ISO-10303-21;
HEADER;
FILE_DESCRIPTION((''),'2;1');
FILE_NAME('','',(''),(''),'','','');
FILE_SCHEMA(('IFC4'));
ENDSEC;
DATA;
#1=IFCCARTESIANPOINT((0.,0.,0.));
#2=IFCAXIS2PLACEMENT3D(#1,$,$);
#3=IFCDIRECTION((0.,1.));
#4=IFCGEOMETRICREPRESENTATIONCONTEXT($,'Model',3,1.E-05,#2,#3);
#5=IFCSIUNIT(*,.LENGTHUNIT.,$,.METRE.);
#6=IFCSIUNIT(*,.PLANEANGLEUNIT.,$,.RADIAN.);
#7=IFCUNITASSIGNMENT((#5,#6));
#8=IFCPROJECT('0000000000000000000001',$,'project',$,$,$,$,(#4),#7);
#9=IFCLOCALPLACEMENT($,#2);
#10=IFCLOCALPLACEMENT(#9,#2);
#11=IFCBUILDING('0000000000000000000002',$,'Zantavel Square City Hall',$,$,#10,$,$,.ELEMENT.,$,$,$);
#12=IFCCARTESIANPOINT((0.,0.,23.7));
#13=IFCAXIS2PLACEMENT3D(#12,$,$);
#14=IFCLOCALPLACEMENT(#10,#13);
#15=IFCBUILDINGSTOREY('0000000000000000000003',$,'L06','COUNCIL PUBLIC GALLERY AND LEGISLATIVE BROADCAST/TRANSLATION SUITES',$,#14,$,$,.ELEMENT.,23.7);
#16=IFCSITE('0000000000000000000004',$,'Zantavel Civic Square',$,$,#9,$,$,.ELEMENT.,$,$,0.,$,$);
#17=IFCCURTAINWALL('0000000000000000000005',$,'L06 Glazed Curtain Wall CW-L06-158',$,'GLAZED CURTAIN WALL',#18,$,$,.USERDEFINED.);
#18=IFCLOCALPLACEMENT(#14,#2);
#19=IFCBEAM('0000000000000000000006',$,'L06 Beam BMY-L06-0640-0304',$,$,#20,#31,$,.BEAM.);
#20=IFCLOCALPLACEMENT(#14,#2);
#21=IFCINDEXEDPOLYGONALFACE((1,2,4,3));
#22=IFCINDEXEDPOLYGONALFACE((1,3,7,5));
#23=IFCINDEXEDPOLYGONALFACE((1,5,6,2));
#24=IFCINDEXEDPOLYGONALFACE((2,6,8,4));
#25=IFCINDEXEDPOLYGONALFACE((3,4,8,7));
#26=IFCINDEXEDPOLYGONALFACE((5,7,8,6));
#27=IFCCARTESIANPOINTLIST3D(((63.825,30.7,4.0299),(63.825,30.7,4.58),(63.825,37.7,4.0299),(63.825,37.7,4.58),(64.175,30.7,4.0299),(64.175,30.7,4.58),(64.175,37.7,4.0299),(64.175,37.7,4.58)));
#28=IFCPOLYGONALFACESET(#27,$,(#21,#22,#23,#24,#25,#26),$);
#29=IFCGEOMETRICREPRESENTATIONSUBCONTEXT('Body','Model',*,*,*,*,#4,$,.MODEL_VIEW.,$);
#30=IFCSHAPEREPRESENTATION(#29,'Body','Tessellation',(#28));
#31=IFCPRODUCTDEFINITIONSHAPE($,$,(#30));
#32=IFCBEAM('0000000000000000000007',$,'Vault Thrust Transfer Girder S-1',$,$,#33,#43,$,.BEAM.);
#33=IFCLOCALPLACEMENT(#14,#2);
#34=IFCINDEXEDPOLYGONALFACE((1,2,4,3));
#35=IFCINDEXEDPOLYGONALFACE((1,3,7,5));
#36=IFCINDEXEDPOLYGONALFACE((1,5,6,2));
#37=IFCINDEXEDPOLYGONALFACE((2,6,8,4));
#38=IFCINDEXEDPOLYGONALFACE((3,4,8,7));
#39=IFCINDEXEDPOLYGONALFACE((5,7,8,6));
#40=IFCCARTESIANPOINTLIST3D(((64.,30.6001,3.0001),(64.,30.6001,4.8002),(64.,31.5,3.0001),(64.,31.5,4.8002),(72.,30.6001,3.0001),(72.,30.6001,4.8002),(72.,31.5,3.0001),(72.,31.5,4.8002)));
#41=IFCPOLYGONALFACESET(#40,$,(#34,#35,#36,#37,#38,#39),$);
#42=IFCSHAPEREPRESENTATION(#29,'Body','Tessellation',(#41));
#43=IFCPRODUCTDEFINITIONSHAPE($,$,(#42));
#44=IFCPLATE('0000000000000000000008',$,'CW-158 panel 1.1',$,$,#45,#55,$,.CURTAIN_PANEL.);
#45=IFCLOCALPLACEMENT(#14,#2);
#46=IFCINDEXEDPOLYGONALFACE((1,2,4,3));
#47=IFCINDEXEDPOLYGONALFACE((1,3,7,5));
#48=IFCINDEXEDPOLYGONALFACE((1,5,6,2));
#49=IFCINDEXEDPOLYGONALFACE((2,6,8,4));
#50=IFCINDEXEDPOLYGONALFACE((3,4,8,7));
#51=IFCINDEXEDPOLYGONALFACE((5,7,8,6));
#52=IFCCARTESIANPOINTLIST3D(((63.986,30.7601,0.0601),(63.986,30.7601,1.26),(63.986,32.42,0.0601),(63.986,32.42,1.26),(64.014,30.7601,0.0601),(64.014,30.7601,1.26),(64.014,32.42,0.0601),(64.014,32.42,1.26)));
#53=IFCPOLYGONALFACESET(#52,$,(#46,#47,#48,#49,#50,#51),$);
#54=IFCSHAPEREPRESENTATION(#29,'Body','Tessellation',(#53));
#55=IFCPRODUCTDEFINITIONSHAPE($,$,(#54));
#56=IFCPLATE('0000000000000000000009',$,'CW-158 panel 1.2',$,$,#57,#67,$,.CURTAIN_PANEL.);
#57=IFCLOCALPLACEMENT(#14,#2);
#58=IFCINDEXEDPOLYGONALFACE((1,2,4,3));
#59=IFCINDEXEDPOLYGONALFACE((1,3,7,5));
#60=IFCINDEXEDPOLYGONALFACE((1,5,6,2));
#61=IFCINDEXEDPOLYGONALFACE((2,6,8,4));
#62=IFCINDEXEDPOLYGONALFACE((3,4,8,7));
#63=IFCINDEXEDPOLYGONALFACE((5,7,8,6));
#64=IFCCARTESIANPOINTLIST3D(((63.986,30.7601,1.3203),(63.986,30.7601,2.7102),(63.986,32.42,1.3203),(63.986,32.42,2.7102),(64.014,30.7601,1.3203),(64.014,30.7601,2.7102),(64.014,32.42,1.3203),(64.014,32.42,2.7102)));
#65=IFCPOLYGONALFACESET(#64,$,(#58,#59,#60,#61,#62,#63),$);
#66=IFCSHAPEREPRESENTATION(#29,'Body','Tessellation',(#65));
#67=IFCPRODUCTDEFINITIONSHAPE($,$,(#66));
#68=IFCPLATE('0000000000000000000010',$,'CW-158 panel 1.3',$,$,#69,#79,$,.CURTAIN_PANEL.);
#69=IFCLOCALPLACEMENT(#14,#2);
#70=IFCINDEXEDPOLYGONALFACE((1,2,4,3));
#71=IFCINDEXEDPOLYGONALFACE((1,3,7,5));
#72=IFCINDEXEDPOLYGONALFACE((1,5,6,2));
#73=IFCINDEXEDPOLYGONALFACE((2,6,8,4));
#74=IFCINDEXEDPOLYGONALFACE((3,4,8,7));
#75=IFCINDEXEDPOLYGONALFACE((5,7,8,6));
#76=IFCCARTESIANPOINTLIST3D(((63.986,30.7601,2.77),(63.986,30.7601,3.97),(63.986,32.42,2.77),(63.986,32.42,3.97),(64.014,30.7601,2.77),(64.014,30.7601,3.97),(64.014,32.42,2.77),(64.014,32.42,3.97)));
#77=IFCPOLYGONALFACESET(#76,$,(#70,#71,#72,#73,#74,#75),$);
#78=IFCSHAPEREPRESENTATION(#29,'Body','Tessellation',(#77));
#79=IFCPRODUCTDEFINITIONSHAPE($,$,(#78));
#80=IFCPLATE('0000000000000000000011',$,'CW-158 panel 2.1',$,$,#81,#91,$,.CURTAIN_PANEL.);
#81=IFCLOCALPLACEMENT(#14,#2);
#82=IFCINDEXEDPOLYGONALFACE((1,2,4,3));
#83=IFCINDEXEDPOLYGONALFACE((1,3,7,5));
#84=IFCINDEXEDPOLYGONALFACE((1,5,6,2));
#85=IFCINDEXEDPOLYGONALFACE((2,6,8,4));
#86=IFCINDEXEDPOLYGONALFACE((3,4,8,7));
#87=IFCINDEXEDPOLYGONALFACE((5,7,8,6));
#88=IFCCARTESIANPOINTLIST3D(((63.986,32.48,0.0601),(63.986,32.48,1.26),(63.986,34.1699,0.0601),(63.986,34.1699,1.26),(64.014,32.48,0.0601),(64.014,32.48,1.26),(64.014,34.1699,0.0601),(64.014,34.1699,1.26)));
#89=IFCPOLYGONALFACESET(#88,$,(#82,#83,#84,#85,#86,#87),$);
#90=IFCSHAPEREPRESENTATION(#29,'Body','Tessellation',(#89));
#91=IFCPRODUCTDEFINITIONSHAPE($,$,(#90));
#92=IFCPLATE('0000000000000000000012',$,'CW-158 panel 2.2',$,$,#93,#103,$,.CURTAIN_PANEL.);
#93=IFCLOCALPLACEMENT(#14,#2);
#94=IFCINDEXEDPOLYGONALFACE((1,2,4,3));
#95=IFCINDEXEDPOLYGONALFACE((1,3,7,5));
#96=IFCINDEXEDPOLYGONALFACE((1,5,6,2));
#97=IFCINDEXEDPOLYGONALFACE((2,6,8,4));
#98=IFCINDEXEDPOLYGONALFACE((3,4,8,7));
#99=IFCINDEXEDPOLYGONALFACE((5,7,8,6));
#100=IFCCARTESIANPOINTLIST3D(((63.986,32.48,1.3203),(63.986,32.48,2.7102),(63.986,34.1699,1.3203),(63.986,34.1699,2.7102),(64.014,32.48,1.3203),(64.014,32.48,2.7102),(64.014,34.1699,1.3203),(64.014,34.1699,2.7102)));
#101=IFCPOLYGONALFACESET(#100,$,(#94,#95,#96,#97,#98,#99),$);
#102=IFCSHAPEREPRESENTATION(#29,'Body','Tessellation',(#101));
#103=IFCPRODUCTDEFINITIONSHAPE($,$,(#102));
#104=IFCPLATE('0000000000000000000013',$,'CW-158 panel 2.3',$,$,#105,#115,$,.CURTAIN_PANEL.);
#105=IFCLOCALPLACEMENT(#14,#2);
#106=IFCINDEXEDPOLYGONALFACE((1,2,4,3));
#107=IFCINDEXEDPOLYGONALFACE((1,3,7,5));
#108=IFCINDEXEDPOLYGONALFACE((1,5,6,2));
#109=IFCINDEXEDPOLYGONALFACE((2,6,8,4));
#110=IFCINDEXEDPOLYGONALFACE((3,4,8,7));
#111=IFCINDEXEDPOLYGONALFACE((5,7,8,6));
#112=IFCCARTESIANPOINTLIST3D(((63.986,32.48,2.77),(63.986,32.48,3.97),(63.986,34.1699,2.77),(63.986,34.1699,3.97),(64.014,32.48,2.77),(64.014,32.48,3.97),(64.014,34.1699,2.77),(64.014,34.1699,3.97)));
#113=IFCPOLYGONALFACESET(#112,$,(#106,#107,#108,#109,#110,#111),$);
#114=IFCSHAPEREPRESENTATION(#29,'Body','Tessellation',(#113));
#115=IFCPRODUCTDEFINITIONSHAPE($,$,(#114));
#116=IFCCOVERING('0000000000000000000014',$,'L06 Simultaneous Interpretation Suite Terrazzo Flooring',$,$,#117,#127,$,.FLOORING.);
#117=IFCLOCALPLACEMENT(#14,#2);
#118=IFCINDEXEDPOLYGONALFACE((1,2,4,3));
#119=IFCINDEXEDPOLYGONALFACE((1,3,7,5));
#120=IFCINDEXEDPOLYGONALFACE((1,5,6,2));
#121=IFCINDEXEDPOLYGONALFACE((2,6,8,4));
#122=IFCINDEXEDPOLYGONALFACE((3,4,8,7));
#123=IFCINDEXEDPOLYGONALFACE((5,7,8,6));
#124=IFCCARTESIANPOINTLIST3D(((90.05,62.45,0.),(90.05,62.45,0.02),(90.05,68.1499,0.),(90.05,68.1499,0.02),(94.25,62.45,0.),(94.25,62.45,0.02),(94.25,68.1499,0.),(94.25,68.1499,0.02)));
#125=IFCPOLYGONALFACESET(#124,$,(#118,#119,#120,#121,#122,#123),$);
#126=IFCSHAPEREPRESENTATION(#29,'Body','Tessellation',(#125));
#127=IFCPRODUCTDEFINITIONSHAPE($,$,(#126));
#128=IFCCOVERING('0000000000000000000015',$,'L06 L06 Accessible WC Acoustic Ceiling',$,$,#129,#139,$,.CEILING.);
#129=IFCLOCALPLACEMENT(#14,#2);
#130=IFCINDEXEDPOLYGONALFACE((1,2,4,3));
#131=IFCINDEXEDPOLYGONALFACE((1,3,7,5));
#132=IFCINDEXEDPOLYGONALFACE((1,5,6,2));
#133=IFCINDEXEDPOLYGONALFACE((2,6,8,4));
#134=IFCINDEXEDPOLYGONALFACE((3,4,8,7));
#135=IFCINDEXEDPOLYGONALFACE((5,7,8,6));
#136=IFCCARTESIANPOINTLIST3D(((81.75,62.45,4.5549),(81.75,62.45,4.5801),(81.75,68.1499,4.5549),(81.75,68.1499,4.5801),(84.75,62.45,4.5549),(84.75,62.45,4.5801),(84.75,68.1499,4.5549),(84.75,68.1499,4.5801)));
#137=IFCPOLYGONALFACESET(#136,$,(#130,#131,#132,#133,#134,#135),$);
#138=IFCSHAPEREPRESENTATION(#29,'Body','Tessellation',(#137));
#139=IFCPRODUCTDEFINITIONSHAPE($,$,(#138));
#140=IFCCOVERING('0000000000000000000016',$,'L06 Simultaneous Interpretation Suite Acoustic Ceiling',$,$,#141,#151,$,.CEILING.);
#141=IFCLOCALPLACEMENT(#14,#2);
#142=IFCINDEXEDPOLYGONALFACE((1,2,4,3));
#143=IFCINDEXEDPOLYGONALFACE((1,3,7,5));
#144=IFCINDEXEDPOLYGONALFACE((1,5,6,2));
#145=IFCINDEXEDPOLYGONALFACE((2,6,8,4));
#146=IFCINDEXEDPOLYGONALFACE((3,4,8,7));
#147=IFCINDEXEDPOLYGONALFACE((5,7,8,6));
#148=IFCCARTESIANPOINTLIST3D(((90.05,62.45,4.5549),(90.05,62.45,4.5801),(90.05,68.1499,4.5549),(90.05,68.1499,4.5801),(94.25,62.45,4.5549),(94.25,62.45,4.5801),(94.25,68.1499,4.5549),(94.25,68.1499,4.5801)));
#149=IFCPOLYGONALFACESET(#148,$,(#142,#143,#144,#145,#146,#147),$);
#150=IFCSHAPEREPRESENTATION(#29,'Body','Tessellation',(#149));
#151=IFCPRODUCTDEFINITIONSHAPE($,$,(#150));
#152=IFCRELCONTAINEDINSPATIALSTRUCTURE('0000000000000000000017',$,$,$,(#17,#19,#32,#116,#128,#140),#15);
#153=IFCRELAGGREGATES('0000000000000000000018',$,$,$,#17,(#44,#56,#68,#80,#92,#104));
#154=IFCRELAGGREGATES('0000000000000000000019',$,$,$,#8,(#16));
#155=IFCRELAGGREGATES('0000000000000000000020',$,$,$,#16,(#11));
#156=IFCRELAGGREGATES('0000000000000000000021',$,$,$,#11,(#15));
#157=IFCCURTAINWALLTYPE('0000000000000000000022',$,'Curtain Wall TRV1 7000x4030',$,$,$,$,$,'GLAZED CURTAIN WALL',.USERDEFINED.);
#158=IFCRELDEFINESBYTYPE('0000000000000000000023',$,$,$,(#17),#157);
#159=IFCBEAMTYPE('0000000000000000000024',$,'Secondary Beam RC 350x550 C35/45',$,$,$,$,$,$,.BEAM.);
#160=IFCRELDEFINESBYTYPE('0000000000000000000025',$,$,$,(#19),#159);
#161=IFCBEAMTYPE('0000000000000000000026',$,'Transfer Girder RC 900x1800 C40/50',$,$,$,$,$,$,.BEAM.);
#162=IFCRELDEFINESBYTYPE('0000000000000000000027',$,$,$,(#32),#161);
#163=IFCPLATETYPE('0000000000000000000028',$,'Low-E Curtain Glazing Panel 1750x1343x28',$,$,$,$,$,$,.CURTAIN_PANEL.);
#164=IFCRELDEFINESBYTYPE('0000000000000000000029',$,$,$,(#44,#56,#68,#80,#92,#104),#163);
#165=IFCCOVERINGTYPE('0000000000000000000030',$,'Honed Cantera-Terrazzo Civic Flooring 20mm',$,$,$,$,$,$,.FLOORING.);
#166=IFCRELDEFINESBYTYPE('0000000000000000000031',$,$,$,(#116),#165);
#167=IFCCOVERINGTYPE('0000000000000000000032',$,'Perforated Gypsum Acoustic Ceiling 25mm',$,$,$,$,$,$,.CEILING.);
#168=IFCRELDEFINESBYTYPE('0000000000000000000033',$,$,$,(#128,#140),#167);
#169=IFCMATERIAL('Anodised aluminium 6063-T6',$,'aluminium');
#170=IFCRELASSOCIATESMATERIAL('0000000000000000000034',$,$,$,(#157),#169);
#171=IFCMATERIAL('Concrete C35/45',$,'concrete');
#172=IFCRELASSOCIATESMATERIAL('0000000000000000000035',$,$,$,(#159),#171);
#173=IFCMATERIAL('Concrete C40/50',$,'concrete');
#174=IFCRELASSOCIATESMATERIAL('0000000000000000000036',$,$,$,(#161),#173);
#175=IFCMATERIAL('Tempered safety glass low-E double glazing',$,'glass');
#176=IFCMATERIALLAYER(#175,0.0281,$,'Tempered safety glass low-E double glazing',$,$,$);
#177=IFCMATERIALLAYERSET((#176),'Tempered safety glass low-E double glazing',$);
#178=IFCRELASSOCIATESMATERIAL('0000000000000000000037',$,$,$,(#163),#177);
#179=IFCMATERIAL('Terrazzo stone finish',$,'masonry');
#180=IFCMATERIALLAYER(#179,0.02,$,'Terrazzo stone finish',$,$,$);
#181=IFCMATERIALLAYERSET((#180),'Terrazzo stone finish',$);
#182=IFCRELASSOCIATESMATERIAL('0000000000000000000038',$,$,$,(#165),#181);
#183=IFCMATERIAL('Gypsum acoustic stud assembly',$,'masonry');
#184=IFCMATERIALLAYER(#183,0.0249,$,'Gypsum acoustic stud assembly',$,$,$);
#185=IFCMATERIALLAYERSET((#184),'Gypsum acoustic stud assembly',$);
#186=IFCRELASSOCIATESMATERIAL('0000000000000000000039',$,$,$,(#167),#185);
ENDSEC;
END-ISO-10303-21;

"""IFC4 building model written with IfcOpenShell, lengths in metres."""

from ifc_helpers import new_model, si_unit, direction, frame, origin, origin_2d, place, context, subcontext, project, spatial, polyline, rectangle, outline, extrude, material, layer, layer_set, material_profile, profile_set, type_object, element, aggregate, save


model = new_model("IFC4")

# Units and contexts
model_context = context("Model", 3, precision=1e-05, world=origin(), true_north=direction((0.0, 1.0)))
body_context = subcontext(model_context, "Body", "Model", "MODEL_VIEW")
ifc_project = project(units=[si_unit("LENGTHUNIT", "METRE"), si_unit("PLANEANGLEUNIT", "RADIAN")], contexts=[model_context])

# Site, building, storey
site_placement = place(None, origin())
site = spatial("IfcSite", under=ifc_project, at=site_placement, Name="Zantavel Civic Square", CompositionType="ELEMENT", RefElevation=0.0)
building_placement = place(site_placement, origin())
building = spatial("IfcBuilding", under=site, at=building_placement, Name="Zantavel Square City Hall", CompositionType="ELEMENT")
storey_placement = place(building_placement, frame((0.0, 0.0, 23.7)))
storey = spatial("IfcBuildingStorey", under=building, at=storey_placement, Name="L06", Description="COUNCIL PUBLIC GALLERY AND LEGISLATIVE BROADCAST/TRANSLATION SUITES", CompositionType="ELEMENT", Elevation=23.7)

# Shared definitions
ifc_material_1 = material(Name="Concrete C40/50", Category="concrete")

# Curtain wall
ifc_material_2 = material(Name="Anodised aluminium 6063-T6", Category="aluminium")
curtain_wall_type = type_object("IfcCurtainWallType", Name="Curtain Wall TRV1 7000x4030", ElementType="GLAZED CURTAIN WALL", PredefinedType="USERDEFINED", material=ifc_material_2)
curtain_wall_placement = place(storey_placement, origin())
curtain_wall = element("IfcCurtainWall", 1, at=curtain_wall_placement, inside=storey, type_object=curtain_wall_type, Name="L06 Glazed Curtain Wall CW-L06-158", ObjectType="GLAZED CURTAIN WALL", PredefinedType="USERDEFINED")

# Beams
ifc_material_3 = material(Name="Concrete C35/45", Category="concrete")
ifc_material_profile_1 = material_profile(ifc_material_3, rectangle(XDim=0.3501, YDim=0.55, at=origin_2d()), Name="RC 350x550")
ifc_profile_set_1 = profile_set([ifc_material_profile_1], Name="Concrete C35/45")
beam_type_1 = type_object("IfcBeamType", Name="Secondary Beam RC 350x550 C35/45", PredefinedType="BEAM", material=ifc_profile_set_1)
beam_1_placement = place(storey_placement, frame((64.0, 30.7, 4.3049), z_axis=(0.0, 1.0, 0.0), x_axis=(-1.0, 0.0, 0.0)))
element("IfcBeam", 2, at=beam_1_placement, inside=storey, type_object=beam_type_1, Name="L06 Beam BMY-L06-0640-0304", PredefinedType="BEAM", context=body_context, shape_type="SweptSolid", body=[
    extrude(rectangle(XDim=0.3501, YDim=0.55, at=origin_2d()), origin(), (0.0, 0.0, 1.0), 7.0),
])
ifc_material_profile_2 = material_profile(ifc_material_1, rectangle(XDim=0.8999, YDim=1.8, at=origin_2d()), Name="RC 900x1800")
ifc_profile_set_2 = profile_set([ifc_material_profile_2], Name="Concrete C40/50")
beam_type_2 = type_object("IfcBeamType", Name="Transfer Girder RC 900x1800 C40/50", PredefinedType="BEAM", material=ifc_profile_set_2)
beam_2_placement = place(storey_placement, frame((64.0, 31.05, 3.9001), z_axis=(1.0, 0.0, 0.0), x_axis=(0.0, 1.0, 0.0)))
element("IfcBeam", 3, at=beam_2_placement, inside=storey, type_object=beam_type_2, Name="Vault Thrust Transfer Girder S-1", PredefinedType="BEAM", context=body_context, shape_type="SweptSolid", body=[
    extrude(rectangle(XDim=0.8999, YDim=1.8, at=origin_2d()), origin(), (0.0, 0.0, 1.0), 8.0),
])

# Plates
ifc_material_4 = material(Name="Tempered safety glass low-E double glazing", Category="glass")
ifc_layer_1 = layer(ifc_material_4, 0.0281, Name="Tempered safety glass low-E double glazing")
ifc_layer_set_1 = layer_set([ifc_layer_1], Name="Tempered safety glass low-E double glazing")
plate_type = type_object("IfcPlateType", Name="Low-E Curtain Glazing Panel 1750x1343x28", PredefinedType="CURTAIN_PANEL", material=ifc_layer_set_1)
plate_1_placement = place(storey_placement, frame((64.0, 31.5901, 0.0601), z_axis=(0.0, 0.0, 1.0), x_axis=(0.0, 1.0, 0.0)))
plate_1 = element("IfcPlate", 4, at=plate_1_placement, type_object=plate_type, Name="CW-158 panel 1.1", PredefinedType="CURTAIN_PANEL", context=body_context, shape_type="SweptSolid", body=[
    extrude(rectangle(XDim=1.6599, YDim=0.0281, at=origin_2d()), origin(), (0.0, 0.0, 1.0), 1.2),
])
plate_2_placement = place(storey_placement, frame((64.0, 31.5901, 1.3203), z_axis=(0.0, 0.0, 1.0), x_axis=(0.0, 1.0, 0.0)))
plate_2 = element("IfcPlate", 5, at=plate_2_placement, type_object=plate_type, Name="CW-158 panel 1.2", PredefinedType="CURTAIN_PANEL", context=body_context, shape_type="SweptSolid", body=[
    extrude(rectangle(XDim=1.6599, YDim=0.0281, at=origin_2d()), origin(), (0.0, 0.0, 1.0), 1.3899),
])
plate_3_placement = place(storey_placement, frame((64.0, 31.5901, 2.77), z_axis=(0.0, 0.0, 1.0), x_axis=(0.0, 1.0, 0.0)))
plate_3 = element("IfcPlate", 6, at=plate_3_placement, type_object=plate_type, Name="CW-158 panel 1.3", PredefinedType="CURTAIN_PANEL", context=body_context, shape_type="SweptSolid", body=[
    extrude(rectangle(XDim=1.6599, YDim=0.0281, at=origin_2d()), origin(), (0.0, 0.0, 1.0), 1.2),
])
plate_4_placement = place(storey_placement, frame((64.0, 33.325, 0.0601), z_axis=(0.0, 0.0, 1.0), x_axis=(0.0, 1.0, 0.0)))
plate_4 = element("IfcPlate", 7, at=plate_4_placement, type_object=plate_type, Name="CW-158 panel 2.1", PredefinedType="CURTAIN_PANEL", context=body_context, shape_type="SweptSolid", body=[
    extrude(rectangle(XDim=1.6899, YDim=0.0281, at=origin_2d()), origin(), (0.0, 0.0, 1.0), 1.2),
])
plate_5_placement = place(storey_placement, frame((64.0, 33.325, 1.3203), z_axis=(0.0, 0.0, 1.0), x_axis=(0.0, 1.0, 0.0)))
plate_5 = element("IfcPlate", 8, at=plate_5_placement, type_object=plate_type, Name="CW-158 panel 2.2", PredefinedType="CURTAIN_PANEL", context=body_context, shape_type="SweptSolid", body=[
    extrude(rectangle(XDim=1.6899, YDim=0.0281, at=origin_2d()), origin(), (0.0, 0.0, 1.0), 1.3899),
])
plate_6_placement = place(storey_placement, frame((64.0, 33.325, 2.77), z_axis=(0.0, 0.0, 1.0), x_axis=(0.0, 1.0, 0.0)))
plate_6 = element("IfcPlate", 9, at=plate_6_placement, type_object=plate_type, Name="CW-158 panel 2.3", PredefinedType="CURTAIN_PANEL", context=body_context, shape_type="SweptSolid", body=[
    extrude(rectangle(XDim=1.6899, YDim=0.0281, at=origin_2d()), origin(), (0.0, 0.0, 1.0), 1.2),
])
aggregate(curtain_wall, [plate_1, plate_2, plate_3, plate_4, plate_5, plate_6])

# Coverings
ifc_material_5 = material(Name="Terrazzo stone finish", Category="masonry")
ifc_layer_2 = layer(ifc_material_5, 0.02, Name="Terrazzo stone finish")
ifc_layer_set_2 = layer_set([ifc_layer_2], Name="Terrazzo stone finish")
covering_type_1 = type_object("IfcCoveringType", Name="Honed Cantera-Terrazzo Civic Flooring 20mm", PredefinedType="FLOORING", material=ifc_layer_set_2)
covering_1_placement = place(storey_placement, origin())
element("IfcCovering", 10, at=covering_1_placement, inside=storey, type_object=covering_type_1, Name="L06 Simultaneous Interpretation Suite Terrazzo Flooring", PredefinedType="FLOORING", context=body_context, shape_type="SweptSolid", body=[
    extrude(outline(polyline([(90.05, 62.45), (90.05, 68.1499), (94.25, 68.1499), (94.25, 62.45), (90.05, 62.45)])), origin(), (0.0, 0.0, 1.0), 0.02),
])
ifc_material_6 = material(Name="Gypsum acoustic stud assembly", Category="masonry")
ifc_layer_3 = layer(ifc_material_6, 0.0249, Name="Gypsum acoustic stud assembly")
ifc_layer_set_3 = layer_set([ifc_layer_3], Name="Gypsum acoustic stud assembly")
covering_type_2 = type_object("IfcCoveringType", Name="Perforated Gypsum Acoustic Ceiling 25mm", PredefinedType="CEILING", material=ifc_layer_set_3)
covering_2_placement = place(storey_placement, frame((0.0, 0.0, 4.5549)))
element("IfcCovering", 11, at=covering_2_placement, inside=storey, type_object=covering_type_2, Name="L06 L06 Accessible WC Acoustic Ceiling", PredefinedType="CEILING", context=body_context, shape_type="SweptSolid", body=[
    extrude(outline(polyline([(81.75, 62.45), (81.75, 68.1499), (84.75, 68.1499), (84.75, 62.45), (81.75, 62.45)])), origin(), (0.0, 0.0, 1.0), 0.0251),
])
covering_3_placement = place(storey_placement, frame((0.0, 0.0, 4.5549)))
element("IfcCovering", 12, at=covering_3_placement, inside=storey, type_object=covering_type_2, Name="L06 Simultaneous Interpretation Suite Acoustic Ceiling", PredefinedType="CEILING", context=body_context, shape_type="SweptSolid", body=[
    extrude(outline(polyline([(90.05, 62.45), (90.05, 68.1499), (94.25, 68.1499), (94.25, 62.45), (90.05, 62.45)])), origin(), (0.0, 0.0, 1.0), 0.0251),
])

save(model, "model.ifc")
